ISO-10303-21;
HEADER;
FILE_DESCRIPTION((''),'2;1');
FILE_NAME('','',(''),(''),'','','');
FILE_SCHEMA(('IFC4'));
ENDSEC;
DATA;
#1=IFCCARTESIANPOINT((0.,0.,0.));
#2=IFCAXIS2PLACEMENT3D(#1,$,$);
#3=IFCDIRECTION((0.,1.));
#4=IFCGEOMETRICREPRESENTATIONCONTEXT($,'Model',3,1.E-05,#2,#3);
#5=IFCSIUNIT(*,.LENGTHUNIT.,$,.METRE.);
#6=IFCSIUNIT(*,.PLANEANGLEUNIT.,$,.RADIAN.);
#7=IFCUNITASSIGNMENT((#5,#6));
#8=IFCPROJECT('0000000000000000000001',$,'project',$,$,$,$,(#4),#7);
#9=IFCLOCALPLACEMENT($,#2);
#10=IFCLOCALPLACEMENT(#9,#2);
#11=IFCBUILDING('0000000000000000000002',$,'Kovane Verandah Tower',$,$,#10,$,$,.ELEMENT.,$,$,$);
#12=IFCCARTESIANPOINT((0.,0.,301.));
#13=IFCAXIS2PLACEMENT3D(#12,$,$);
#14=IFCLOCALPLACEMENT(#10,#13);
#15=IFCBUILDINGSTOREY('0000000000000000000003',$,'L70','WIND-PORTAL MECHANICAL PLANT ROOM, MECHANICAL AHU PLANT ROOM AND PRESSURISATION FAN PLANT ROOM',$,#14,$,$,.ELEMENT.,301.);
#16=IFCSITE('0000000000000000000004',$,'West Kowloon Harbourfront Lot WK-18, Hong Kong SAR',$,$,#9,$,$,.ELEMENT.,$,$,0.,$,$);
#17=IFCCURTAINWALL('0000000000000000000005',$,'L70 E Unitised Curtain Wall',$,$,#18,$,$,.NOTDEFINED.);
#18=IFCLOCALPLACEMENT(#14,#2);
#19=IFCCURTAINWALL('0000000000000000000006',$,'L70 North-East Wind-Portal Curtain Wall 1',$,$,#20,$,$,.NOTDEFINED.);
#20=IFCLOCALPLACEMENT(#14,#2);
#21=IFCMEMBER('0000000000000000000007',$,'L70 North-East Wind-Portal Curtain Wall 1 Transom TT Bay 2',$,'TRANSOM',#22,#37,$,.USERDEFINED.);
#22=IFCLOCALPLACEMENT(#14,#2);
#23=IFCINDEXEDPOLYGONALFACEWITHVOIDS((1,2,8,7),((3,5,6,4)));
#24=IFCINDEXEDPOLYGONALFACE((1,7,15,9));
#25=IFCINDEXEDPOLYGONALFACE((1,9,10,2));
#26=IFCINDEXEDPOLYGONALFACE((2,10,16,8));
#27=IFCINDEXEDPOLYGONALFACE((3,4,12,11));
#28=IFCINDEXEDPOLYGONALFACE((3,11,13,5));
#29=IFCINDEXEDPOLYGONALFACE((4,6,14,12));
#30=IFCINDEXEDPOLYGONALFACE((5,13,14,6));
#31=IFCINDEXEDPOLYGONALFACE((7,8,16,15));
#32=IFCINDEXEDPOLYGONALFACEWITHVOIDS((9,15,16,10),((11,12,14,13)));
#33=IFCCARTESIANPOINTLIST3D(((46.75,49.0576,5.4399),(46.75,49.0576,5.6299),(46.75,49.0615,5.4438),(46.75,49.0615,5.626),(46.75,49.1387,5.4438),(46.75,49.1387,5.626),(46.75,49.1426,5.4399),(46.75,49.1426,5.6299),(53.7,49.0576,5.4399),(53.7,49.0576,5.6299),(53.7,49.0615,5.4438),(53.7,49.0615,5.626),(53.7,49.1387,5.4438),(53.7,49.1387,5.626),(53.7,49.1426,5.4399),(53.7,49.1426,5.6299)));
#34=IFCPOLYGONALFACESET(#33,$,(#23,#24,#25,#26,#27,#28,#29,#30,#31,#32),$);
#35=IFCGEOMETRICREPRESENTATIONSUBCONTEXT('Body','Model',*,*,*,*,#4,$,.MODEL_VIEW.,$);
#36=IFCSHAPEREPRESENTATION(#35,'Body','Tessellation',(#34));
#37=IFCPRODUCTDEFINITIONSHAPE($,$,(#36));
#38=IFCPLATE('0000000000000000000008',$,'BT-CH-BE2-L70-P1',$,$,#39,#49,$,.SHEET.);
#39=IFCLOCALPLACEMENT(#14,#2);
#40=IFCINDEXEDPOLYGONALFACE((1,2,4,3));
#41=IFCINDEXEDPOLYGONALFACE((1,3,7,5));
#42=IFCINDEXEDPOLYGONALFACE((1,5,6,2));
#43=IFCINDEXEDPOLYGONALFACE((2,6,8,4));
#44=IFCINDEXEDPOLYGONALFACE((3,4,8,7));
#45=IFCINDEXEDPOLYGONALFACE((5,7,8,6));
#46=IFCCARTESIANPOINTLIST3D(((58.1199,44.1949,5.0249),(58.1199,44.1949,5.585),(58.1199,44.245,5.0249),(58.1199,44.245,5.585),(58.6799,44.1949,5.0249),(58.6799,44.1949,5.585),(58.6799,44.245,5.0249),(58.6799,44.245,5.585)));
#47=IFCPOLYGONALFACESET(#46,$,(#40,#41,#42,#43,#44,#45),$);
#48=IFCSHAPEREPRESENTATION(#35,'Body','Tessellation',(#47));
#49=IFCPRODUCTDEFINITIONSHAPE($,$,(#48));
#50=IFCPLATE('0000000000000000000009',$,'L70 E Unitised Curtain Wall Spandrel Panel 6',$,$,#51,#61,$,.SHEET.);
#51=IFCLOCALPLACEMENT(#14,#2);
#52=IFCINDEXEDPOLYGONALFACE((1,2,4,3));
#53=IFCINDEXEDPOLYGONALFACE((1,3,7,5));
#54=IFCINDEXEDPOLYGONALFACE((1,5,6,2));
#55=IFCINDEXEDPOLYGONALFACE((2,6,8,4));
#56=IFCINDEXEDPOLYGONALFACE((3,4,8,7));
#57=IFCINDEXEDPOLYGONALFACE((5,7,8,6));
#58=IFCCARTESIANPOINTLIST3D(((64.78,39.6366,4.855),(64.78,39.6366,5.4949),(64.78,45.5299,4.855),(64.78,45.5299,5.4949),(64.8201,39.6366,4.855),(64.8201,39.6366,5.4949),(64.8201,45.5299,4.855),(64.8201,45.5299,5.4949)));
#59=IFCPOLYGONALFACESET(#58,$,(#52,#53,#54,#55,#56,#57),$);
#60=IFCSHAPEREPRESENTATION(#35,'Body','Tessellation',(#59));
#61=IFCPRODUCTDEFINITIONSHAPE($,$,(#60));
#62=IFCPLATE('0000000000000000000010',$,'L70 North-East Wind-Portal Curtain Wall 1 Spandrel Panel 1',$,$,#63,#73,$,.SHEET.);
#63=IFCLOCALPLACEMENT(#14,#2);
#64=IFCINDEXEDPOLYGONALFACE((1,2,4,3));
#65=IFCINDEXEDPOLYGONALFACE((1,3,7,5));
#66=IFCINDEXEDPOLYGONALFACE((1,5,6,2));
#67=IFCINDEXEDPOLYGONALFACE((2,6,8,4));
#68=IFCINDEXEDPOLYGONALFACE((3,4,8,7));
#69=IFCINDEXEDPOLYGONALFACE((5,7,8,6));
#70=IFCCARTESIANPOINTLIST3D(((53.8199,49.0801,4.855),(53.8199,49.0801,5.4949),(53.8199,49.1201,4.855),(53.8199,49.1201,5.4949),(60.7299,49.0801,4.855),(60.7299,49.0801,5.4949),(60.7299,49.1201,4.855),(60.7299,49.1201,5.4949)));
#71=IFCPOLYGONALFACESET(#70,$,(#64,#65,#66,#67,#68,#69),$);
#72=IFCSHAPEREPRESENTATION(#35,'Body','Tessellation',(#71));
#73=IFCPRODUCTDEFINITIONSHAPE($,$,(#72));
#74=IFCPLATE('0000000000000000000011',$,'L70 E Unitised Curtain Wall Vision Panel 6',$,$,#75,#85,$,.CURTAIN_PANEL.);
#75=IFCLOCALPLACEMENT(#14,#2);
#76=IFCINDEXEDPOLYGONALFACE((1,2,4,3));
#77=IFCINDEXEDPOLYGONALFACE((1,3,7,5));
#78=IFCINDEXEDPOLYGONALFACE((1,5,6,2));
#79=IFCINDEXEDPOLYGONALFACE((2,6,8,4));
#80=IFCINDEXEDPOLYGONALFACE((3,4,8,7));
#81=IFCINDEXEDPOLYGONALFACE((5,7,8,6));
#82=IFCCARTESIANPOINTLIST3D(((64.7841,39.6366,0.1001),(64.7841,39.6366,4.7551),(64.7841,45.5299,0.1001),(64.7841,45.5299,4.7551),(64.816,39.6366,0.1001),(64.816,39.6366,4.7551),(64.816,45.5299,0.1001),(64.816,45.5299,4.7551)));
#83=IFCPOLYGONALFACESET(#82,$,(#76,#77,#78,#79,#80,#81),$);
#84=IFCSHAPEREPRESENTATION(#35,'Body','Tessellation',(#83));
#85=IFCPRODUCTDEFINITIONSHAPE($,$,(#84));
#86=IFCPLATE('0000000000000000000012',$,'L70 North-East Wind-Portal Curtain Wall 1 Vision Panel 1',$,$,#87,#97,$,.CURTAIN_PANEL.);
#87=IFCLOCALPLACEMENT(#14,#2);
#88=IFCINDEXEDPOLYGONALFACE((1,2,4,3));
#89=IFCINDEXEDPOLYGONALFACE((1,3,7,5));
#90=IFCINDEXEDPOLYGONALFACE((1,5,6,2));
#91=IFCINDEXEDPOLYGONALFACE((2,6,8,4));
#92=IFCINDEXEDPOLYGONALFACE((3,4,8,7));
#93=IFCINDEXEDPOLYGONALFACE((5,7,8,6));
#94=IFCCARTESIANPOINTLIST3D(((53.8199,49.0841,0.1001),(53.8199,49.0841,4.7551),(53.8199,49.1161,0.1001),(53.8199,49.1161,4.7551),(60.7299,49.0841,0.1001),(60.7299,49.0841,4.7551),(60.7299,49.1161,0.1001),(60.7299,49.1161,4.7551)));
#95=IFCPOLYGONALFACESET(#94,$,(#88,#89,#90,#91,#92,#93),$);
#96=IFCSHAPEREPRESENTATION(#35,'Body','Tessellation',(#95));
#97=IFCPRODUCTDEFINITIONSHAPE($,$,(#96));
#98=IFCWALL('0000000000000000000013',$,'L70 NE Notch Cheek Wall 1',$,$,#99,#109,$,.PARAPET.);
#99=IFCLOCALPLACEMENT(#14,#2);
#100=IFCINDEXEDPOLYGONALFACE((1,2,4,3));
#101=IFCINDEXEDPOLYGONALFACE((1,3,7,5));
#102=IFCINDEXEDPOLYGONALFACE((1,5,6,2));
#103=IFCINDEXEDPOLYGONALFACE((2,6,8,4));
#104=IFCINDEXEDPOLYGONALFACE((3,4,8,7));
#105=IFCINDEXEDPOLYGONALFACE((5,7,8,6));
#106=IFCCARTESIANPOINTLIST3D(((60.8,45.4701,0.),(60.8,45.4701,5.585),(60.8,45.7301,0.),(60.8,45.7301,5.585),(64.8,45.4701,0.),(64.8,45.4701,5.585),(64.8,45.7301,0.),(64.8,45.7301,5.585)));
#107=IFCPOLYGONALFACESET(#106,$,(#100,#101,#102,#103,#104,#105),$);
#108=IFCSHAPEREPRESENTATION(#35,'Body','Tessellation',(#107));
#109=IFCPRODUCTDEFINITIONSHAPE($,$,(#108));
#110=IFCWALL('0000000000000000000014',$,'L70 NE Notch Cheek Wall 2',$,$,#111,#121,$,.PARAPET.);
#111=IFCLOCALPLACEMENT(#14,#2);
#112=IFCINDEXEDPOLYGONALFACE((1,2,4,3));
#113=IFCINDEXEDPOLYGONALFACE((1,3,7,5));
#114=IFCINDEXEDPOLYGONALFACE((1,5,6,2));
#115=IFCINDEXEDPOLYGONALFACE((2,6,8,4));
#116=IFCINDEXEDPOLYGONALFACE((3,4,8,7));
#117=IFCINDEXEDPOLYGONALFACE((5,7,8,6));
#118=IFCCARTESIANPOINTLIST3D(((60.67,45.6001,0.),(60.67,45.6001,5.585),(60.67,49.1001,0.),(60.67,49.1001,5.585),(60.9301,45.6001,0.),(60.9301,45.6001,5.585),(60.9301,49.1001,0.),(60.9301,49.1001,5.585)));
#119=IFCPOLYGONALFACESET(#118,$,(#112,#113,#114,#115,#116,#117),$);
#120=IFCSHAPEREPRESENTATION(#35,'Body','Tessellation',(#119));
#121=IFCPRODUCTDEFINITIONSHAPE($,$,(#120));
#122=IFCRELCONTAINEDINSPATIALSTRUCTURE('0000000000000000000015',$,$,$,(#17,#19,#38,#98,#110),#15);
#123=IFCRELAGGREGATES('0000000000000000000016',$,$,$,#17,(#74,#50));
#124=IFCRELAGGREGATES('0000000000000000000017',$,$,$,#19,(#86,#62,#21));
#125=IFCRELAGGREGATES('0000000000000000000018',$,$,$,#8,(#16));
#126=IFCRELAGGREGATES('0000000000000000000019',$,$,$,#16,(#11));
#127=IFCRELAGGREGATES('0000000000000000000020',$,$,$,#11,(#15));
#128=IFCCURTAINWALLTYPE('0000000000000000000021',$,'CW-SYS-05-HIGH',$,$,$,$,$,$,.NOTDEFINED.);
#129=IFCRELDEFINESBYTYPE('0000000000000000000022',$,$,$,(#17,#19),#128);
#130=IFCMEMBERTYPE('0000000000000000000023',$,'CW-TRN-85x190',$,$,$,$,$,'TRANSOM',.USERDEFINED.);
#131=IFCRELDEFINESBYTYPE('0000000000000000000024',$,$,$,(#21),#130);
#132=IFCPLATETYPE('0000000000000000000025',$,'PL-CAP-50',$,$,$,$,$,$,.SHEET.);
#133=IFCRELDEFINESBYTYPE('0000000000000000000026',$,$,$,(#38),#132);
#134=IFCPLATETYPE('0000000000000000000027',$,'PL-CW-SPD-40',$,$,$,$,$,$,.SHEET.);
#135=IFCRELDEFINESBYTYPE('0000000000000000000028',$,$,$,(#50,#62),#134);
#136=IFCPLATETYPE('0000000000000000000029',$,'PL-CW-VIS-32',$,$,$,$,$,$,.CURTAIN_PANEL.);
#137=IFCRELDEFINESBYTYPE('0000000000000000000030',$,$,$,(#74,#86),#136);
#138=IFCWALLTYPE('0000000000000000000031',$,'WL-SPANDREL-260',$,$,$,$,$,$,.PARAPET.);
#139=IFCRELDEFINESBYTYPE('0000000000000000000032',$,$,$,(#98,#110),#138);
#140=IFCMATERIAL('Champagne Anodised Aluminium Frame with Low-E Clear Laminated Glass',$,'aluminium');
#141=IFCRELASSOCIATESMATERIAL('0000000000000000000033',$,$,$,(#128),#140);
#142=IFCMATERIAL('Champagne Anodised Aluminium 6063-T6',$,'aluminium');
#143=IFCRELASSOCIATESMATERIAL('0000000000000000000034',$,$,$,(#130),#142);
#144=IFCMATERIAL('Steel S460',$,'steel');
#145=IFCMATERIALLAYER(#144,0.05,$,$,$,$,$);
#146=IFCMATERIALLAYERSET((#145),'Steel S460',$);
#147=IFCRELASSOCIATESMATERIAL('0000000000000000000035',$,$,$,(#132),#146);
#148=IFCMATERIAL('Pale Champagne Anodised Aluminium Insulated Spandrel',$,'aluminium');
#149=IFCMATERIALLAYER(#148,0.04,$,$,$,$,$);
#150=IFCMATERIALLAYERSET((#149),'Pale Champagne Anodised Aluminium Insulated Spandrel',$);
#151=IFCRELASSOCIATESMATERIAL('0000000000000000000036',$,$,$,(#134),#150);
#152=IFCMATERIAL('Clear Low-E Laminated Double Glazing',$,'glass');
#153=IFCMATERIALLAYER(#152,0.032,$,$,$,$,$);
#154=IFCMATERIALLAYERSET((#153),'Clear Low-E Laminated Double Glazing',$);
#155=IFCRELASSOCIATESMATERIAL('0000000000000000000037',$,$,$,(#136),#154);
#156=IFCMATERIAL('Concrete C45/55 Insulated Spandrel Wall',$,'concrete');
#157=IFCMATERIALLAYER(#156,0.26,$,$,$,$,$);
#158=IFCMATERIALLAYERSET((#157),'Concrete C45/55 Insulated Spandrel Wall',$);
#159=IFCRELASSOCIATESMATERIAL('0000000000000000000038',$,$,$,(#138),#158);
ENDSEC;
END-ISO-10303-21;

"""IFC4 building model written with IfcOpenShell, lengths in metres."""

from ifc_helpers import new_model, si_unit, direction, frame, frame_2d, origin, origin_2d, place, context, subcontext, project, spatial, rectangle, hollow_rectangle, extrude, material, layer, layer_set, material_profile, profile_set, type_object, element, aggregate, save


model = new_model("IFC4")

# Units and contexts
model_context = context("Model", 3, precision=1e-05, world=origin(), true_north=direction((0.0, 1.0)))
body_context = subcontext(model_context, "Body", "Model", "MODEL_VIEW")
ifc_project = project(units=[si_unit("LENGTHUNIT", "METRE"), si_unit("PLANEANGLEUNIT", "RADIAN")], contexts=[model_context])

# Site, building, storey
site_placement = place(None, origin())
site = spatial("IfcSite", under=ifc_project, at=site_placement, Name="West Kowloon Harbourfront Lot WK-18, Hong Kong SAR", CompositionType="ELEMENT", RefElevation=0.0)
building_placement = place(site_placement, origin())
building = spatial("IfcBuilding", under=site, at=building_placement, Name="Kovane Verandah Tower", CompositionType="ELEMENT")
storey_placement = place(building_placement, frame((0.0, 0.0, 301.0)))
storey = spatial("IfcBuildingStorey", under=building, at=storey_placement, Name="L70", Description="WIND-PORTAL MECHANICAL PLANT ROOM, MECHANICAL AHU PLANT ROOM AND PRESSURISATION FAN PLANT ROOM", CompositionType="ELEMENT", Elevation=301.0)

# Shared definitions
ifc_material_1 = material(Name="Steel S460", Category="steel")

# Curtain walls
ifc_material_2 = material(Name="Champagne Anodised Aluminium Frame with Low-E Clear Laminated Glass", Category="aluminium")
curtain_wall_type = type_object("IfcCurtainWallType", Name="CW-SYS-05-HIGH", PredefinedType="NOTDEFINED", material=ifc_material_2)
curtain_wall_1_placement = place(storey_placement, origin())
curtain_wall_1 = element("IfcCurtainWall", 1, at=curtain_wall_1_placement, inside=storey, type_object=curtain_wall_type, Name="L70 E Unitised Curtain Wall", PredefinedType="NOTDEFINED")
ifc_material_3 = material(Name="Champagne Anodised Aluminium 6063-T6", Category="aluminium")
curtain_wall_2_placement = place(storey_placement, origin())
curtain_wall_2 = element("IfcCurtainWall", 2, at=curtain_wall_2_placement, inside=storey, type_object=curtain_wall_type, Name="L70 North-East Wind-Portal Curtain Wall 1", PredefinedType="NOTDEFINED")

# Member
ifc_material_profile_1 = material_profile(ifc_material_3, hollow_rectangle(XDim=0.085, YDim=0.1899, WallThickness=0.0039, at=origin_2d()), Name="AL85x190x4")
ifc_profile_set_1 = profile_set([ifc_material_profile_1], Name="Champagne Anodised Aluminium 6063-T6")
member_type_1 = type_object("IfcMemberType", Name="CW-TRN-85x190", ElementType="TRANSOM", PredefinedType="USERDEFINED", material=ifc_profile_set_1)
member_1_placement = place(storey_placement, frame((53.7, 49.1001, 5.5349), z_axis=(-1.0, 0.0, 0.0), x_axis=(0.0, -1.0, 0.0)))
member_1 = element("IfcMember", 3, at=member_1_placement, type_object=member_type_1, Name="L70 North-East Wind-Portal Curtain Wall 1 Transom TT Bay 2", ObjectType="TRANSOM", PredefinedType="USERDEFINED", context=body_context, shape_type="SweptSolid", body=[
    extrude(hollow_rectangle(XDim=0.085, YDim=0.1899, WallThickness=0.0039, at=origin_2d()), origin(), (0.0, 0.0, 1.0), 6.95),
])

# Plates
ifc_layer_1 = layer(ifc_material_1, 0.05)
ifc_layer_set_1 = layer_set([ifc_layer_1], Name="Steel S460")
plate_type_1 = type_object("IfcPlateType", Name="PL-CAP-50", PredefinedType="SHEET", material=ifc_layer_set_1)
plate_1_placement = place(storey_placement, frame((58.3999, 44.22, 5.0249), z_axis=(0.0, 0.0, 1.0), x_axis=(0.0, 1.0, 0.0)))
element("IfcPlate", 4, at=plate_1_placement, inside=storey, type_object=plate_type_1, Name="BT-CH-BE2-L70-P1", PredefinedType="SHEET", context=body_context, shape_type="SweptSolid", body=[
    extrude(rectangle(XDim=0.05, YDim=0.5601, at=origin_2d()), origin(), (0.0, 0.0, 1.0), 0.5601),
])
ifc_material_4 = material(Name="Pale Champagne Anodised Aluminium Insulated Spandrel", Category="aluminium")
ifc_layer_2 = layer(ifc_material_4, 0.04)
ifc_layer_set_2 = layer_set([ifc_layer_2], Name="Pale Champagne Anodised Aluminium Insulated Spandrel")
plate_type_2 = type_object("IfcPlateType", Name="PL-CW-SPD-40", PredefinedType="SHEET", material=ifc_layer_set_2)
plate_2_placement = place(storey_placement, frame((64.8, 42.5833, 4.855), z_axis=(0.0, 0.0, 1.0), x_axis=(0.0, 1.0, 0.0)))
plate_2 = element("IfcPlate", 5, at=plate_2_placement, type_object=plate_type_2, Name="L70 E Unitised Curtain Wall Spandrel Panel 6", PredefinedType="SHEET", context=body_context, shape_type="SweptSolid", body=[
    extrude(rectangle(XDim=5.8933, YDim=0.04, at=origin_2d()), origin(), (0.0, 0.0, 1.0), 0.6399),
])
plate_3_placement = place(storey_placement, frame((57.2749, 49.1001, 4.855), z_axis=(0.0, 0.0, 1.0), x_axis=(-1.0, 0.0, 0.0)))
plate_3 = element("IfcPlate", 6, at=plate_3_placement, type_object=plate_type_2, Name="L70 North-East Wind-Portal Curtain Wall 1 Spandrel Panel 1", PredefinedType="SHEET", context=body_context, shape_type="SweptSolid", body=[
    extrude(rectangle(XDim=6.9099, YDim=0.04, at=origin_2d()), origin(), (0.0, 0.0, 1.0), 0.6399),
])
ifc_material_5 = material(Name="Clear Low-E Laminated Double Glazing", Category="glass")
ifc_layer_3 = layer(ifc_material_5, 0.032)
ifc_layer_set_3 = layer_set([ifc_layer_3], Name="Clear Low-E Laminated Double Glazing")
plate_type_3 = type_object("IfcPlateType", Name="PL-CW-VIS-32", PredefinedType="CURTAIN_PANEL", material=ifc_layer_set_3)
plate_4_placement = place(storey_placement, frame((64.8, 42.5833, 0.1001), z_axis=(0.0, 0.0, 1.0), x_axis=(0.0, 1.0, 0.0)))
plate_4 = element("IfcPlate", 7, at=plate_4_placement, type_object=plate_type_3, Name="L70 E Unitised Curtain Wall Vision Panel 6", PredefinedType="CURTAIN_PANEL", context=body_context, shape_type="SweptSolid", body=[
    extrude(rectangle(XDim=5.8933, YDim=0.032, at=origin_2d()), origin(), (0.0, 0.0, 1.0), 4.655),
])
aggregate(curtain_wall_1, [plate_4, plate_2])
plate_5_placement = place(storey_placement, frame((57.2749, 49.1001, 0.1001), z_axis=(0.0, 0.0, 1.0), x_axis=(-1.0, 0.0, 0.0)))
plate_5 = element("IfcPlate", 8, at=plate_5_placement, type_object=plate_type_3, Name="L70 North-East Wind-Portal Curtain Wall 1 Vision Panel 1", PredefinedType="CURTAIN_PANEL", context=body_context, shape_type="SweptSolid", body=[
    extrude(rectangle(XDim=6.9099, YDim=0.032, at=origin_2d()), origin(), (0.0, 0.0, 1.0), 4.655),
])
aggregate(curtain_wall_2, [plate_5, plate_3, member_1])

# Walls
ifc_material_6 = material(Name="Concrete C45/55 Insulated Spandrel Wall", Category="concrete")
ifc_layer_4 = layer(ifc_material_6, 0.26)
ifc_layer_set_4 = layer_set([ifc_layer_4], Name="Concrete C45/55 Insulated Spandrel Wall")
wall_type = type_object("IfcWallType", Name="WL-SPANDREL-260", PredefinedType="PARAPET", material=ifc_layer_set_4)
wall_1_placement = place(storey_placement, frame((64.8, 45.6001, 0.0), z_axis=(0.0, 0.0, 1.0), x_axis=(-1.0, 0.0, 0.0)))
element("IfcWall", 9, at=wall_1_placement, inside=storey, type_object=wall_type, Name="L70 NE Notch Cheek Wall 1", PredefinedType="PARAPET", context=body_context, shape_type="SweptSolid", body=[
    extrude(rectangle(XDim=4.0, YDim=0.26, at=frame_2d((2.0, 0.0))), origin(), (0.0, 0.0, 1.0), 5.585),
])
wall_2_placement = place(storey_placement, frame((60.8, 45.6001, 0.0), z_axis=(0.0, 0.0, 1.0), x_axis=(0.0, 1.0, 0.0)))
element("IfcWall", 10, at=wall_2_placement, inside=storey, type_object=wall_type, Name="L70 NE Notch Cheek Wall 2", PredefinedType="PARAPET", context=body_context, shape_type="SweptSolid", body=[
    extrude(rectangle(XDim=3.5, YDim=0.26, at=frame_2d((1.75, 0.0))), origin(), (0.0, 0.0, 1.0), 5.585),
])

save(model, "model.ifc")
